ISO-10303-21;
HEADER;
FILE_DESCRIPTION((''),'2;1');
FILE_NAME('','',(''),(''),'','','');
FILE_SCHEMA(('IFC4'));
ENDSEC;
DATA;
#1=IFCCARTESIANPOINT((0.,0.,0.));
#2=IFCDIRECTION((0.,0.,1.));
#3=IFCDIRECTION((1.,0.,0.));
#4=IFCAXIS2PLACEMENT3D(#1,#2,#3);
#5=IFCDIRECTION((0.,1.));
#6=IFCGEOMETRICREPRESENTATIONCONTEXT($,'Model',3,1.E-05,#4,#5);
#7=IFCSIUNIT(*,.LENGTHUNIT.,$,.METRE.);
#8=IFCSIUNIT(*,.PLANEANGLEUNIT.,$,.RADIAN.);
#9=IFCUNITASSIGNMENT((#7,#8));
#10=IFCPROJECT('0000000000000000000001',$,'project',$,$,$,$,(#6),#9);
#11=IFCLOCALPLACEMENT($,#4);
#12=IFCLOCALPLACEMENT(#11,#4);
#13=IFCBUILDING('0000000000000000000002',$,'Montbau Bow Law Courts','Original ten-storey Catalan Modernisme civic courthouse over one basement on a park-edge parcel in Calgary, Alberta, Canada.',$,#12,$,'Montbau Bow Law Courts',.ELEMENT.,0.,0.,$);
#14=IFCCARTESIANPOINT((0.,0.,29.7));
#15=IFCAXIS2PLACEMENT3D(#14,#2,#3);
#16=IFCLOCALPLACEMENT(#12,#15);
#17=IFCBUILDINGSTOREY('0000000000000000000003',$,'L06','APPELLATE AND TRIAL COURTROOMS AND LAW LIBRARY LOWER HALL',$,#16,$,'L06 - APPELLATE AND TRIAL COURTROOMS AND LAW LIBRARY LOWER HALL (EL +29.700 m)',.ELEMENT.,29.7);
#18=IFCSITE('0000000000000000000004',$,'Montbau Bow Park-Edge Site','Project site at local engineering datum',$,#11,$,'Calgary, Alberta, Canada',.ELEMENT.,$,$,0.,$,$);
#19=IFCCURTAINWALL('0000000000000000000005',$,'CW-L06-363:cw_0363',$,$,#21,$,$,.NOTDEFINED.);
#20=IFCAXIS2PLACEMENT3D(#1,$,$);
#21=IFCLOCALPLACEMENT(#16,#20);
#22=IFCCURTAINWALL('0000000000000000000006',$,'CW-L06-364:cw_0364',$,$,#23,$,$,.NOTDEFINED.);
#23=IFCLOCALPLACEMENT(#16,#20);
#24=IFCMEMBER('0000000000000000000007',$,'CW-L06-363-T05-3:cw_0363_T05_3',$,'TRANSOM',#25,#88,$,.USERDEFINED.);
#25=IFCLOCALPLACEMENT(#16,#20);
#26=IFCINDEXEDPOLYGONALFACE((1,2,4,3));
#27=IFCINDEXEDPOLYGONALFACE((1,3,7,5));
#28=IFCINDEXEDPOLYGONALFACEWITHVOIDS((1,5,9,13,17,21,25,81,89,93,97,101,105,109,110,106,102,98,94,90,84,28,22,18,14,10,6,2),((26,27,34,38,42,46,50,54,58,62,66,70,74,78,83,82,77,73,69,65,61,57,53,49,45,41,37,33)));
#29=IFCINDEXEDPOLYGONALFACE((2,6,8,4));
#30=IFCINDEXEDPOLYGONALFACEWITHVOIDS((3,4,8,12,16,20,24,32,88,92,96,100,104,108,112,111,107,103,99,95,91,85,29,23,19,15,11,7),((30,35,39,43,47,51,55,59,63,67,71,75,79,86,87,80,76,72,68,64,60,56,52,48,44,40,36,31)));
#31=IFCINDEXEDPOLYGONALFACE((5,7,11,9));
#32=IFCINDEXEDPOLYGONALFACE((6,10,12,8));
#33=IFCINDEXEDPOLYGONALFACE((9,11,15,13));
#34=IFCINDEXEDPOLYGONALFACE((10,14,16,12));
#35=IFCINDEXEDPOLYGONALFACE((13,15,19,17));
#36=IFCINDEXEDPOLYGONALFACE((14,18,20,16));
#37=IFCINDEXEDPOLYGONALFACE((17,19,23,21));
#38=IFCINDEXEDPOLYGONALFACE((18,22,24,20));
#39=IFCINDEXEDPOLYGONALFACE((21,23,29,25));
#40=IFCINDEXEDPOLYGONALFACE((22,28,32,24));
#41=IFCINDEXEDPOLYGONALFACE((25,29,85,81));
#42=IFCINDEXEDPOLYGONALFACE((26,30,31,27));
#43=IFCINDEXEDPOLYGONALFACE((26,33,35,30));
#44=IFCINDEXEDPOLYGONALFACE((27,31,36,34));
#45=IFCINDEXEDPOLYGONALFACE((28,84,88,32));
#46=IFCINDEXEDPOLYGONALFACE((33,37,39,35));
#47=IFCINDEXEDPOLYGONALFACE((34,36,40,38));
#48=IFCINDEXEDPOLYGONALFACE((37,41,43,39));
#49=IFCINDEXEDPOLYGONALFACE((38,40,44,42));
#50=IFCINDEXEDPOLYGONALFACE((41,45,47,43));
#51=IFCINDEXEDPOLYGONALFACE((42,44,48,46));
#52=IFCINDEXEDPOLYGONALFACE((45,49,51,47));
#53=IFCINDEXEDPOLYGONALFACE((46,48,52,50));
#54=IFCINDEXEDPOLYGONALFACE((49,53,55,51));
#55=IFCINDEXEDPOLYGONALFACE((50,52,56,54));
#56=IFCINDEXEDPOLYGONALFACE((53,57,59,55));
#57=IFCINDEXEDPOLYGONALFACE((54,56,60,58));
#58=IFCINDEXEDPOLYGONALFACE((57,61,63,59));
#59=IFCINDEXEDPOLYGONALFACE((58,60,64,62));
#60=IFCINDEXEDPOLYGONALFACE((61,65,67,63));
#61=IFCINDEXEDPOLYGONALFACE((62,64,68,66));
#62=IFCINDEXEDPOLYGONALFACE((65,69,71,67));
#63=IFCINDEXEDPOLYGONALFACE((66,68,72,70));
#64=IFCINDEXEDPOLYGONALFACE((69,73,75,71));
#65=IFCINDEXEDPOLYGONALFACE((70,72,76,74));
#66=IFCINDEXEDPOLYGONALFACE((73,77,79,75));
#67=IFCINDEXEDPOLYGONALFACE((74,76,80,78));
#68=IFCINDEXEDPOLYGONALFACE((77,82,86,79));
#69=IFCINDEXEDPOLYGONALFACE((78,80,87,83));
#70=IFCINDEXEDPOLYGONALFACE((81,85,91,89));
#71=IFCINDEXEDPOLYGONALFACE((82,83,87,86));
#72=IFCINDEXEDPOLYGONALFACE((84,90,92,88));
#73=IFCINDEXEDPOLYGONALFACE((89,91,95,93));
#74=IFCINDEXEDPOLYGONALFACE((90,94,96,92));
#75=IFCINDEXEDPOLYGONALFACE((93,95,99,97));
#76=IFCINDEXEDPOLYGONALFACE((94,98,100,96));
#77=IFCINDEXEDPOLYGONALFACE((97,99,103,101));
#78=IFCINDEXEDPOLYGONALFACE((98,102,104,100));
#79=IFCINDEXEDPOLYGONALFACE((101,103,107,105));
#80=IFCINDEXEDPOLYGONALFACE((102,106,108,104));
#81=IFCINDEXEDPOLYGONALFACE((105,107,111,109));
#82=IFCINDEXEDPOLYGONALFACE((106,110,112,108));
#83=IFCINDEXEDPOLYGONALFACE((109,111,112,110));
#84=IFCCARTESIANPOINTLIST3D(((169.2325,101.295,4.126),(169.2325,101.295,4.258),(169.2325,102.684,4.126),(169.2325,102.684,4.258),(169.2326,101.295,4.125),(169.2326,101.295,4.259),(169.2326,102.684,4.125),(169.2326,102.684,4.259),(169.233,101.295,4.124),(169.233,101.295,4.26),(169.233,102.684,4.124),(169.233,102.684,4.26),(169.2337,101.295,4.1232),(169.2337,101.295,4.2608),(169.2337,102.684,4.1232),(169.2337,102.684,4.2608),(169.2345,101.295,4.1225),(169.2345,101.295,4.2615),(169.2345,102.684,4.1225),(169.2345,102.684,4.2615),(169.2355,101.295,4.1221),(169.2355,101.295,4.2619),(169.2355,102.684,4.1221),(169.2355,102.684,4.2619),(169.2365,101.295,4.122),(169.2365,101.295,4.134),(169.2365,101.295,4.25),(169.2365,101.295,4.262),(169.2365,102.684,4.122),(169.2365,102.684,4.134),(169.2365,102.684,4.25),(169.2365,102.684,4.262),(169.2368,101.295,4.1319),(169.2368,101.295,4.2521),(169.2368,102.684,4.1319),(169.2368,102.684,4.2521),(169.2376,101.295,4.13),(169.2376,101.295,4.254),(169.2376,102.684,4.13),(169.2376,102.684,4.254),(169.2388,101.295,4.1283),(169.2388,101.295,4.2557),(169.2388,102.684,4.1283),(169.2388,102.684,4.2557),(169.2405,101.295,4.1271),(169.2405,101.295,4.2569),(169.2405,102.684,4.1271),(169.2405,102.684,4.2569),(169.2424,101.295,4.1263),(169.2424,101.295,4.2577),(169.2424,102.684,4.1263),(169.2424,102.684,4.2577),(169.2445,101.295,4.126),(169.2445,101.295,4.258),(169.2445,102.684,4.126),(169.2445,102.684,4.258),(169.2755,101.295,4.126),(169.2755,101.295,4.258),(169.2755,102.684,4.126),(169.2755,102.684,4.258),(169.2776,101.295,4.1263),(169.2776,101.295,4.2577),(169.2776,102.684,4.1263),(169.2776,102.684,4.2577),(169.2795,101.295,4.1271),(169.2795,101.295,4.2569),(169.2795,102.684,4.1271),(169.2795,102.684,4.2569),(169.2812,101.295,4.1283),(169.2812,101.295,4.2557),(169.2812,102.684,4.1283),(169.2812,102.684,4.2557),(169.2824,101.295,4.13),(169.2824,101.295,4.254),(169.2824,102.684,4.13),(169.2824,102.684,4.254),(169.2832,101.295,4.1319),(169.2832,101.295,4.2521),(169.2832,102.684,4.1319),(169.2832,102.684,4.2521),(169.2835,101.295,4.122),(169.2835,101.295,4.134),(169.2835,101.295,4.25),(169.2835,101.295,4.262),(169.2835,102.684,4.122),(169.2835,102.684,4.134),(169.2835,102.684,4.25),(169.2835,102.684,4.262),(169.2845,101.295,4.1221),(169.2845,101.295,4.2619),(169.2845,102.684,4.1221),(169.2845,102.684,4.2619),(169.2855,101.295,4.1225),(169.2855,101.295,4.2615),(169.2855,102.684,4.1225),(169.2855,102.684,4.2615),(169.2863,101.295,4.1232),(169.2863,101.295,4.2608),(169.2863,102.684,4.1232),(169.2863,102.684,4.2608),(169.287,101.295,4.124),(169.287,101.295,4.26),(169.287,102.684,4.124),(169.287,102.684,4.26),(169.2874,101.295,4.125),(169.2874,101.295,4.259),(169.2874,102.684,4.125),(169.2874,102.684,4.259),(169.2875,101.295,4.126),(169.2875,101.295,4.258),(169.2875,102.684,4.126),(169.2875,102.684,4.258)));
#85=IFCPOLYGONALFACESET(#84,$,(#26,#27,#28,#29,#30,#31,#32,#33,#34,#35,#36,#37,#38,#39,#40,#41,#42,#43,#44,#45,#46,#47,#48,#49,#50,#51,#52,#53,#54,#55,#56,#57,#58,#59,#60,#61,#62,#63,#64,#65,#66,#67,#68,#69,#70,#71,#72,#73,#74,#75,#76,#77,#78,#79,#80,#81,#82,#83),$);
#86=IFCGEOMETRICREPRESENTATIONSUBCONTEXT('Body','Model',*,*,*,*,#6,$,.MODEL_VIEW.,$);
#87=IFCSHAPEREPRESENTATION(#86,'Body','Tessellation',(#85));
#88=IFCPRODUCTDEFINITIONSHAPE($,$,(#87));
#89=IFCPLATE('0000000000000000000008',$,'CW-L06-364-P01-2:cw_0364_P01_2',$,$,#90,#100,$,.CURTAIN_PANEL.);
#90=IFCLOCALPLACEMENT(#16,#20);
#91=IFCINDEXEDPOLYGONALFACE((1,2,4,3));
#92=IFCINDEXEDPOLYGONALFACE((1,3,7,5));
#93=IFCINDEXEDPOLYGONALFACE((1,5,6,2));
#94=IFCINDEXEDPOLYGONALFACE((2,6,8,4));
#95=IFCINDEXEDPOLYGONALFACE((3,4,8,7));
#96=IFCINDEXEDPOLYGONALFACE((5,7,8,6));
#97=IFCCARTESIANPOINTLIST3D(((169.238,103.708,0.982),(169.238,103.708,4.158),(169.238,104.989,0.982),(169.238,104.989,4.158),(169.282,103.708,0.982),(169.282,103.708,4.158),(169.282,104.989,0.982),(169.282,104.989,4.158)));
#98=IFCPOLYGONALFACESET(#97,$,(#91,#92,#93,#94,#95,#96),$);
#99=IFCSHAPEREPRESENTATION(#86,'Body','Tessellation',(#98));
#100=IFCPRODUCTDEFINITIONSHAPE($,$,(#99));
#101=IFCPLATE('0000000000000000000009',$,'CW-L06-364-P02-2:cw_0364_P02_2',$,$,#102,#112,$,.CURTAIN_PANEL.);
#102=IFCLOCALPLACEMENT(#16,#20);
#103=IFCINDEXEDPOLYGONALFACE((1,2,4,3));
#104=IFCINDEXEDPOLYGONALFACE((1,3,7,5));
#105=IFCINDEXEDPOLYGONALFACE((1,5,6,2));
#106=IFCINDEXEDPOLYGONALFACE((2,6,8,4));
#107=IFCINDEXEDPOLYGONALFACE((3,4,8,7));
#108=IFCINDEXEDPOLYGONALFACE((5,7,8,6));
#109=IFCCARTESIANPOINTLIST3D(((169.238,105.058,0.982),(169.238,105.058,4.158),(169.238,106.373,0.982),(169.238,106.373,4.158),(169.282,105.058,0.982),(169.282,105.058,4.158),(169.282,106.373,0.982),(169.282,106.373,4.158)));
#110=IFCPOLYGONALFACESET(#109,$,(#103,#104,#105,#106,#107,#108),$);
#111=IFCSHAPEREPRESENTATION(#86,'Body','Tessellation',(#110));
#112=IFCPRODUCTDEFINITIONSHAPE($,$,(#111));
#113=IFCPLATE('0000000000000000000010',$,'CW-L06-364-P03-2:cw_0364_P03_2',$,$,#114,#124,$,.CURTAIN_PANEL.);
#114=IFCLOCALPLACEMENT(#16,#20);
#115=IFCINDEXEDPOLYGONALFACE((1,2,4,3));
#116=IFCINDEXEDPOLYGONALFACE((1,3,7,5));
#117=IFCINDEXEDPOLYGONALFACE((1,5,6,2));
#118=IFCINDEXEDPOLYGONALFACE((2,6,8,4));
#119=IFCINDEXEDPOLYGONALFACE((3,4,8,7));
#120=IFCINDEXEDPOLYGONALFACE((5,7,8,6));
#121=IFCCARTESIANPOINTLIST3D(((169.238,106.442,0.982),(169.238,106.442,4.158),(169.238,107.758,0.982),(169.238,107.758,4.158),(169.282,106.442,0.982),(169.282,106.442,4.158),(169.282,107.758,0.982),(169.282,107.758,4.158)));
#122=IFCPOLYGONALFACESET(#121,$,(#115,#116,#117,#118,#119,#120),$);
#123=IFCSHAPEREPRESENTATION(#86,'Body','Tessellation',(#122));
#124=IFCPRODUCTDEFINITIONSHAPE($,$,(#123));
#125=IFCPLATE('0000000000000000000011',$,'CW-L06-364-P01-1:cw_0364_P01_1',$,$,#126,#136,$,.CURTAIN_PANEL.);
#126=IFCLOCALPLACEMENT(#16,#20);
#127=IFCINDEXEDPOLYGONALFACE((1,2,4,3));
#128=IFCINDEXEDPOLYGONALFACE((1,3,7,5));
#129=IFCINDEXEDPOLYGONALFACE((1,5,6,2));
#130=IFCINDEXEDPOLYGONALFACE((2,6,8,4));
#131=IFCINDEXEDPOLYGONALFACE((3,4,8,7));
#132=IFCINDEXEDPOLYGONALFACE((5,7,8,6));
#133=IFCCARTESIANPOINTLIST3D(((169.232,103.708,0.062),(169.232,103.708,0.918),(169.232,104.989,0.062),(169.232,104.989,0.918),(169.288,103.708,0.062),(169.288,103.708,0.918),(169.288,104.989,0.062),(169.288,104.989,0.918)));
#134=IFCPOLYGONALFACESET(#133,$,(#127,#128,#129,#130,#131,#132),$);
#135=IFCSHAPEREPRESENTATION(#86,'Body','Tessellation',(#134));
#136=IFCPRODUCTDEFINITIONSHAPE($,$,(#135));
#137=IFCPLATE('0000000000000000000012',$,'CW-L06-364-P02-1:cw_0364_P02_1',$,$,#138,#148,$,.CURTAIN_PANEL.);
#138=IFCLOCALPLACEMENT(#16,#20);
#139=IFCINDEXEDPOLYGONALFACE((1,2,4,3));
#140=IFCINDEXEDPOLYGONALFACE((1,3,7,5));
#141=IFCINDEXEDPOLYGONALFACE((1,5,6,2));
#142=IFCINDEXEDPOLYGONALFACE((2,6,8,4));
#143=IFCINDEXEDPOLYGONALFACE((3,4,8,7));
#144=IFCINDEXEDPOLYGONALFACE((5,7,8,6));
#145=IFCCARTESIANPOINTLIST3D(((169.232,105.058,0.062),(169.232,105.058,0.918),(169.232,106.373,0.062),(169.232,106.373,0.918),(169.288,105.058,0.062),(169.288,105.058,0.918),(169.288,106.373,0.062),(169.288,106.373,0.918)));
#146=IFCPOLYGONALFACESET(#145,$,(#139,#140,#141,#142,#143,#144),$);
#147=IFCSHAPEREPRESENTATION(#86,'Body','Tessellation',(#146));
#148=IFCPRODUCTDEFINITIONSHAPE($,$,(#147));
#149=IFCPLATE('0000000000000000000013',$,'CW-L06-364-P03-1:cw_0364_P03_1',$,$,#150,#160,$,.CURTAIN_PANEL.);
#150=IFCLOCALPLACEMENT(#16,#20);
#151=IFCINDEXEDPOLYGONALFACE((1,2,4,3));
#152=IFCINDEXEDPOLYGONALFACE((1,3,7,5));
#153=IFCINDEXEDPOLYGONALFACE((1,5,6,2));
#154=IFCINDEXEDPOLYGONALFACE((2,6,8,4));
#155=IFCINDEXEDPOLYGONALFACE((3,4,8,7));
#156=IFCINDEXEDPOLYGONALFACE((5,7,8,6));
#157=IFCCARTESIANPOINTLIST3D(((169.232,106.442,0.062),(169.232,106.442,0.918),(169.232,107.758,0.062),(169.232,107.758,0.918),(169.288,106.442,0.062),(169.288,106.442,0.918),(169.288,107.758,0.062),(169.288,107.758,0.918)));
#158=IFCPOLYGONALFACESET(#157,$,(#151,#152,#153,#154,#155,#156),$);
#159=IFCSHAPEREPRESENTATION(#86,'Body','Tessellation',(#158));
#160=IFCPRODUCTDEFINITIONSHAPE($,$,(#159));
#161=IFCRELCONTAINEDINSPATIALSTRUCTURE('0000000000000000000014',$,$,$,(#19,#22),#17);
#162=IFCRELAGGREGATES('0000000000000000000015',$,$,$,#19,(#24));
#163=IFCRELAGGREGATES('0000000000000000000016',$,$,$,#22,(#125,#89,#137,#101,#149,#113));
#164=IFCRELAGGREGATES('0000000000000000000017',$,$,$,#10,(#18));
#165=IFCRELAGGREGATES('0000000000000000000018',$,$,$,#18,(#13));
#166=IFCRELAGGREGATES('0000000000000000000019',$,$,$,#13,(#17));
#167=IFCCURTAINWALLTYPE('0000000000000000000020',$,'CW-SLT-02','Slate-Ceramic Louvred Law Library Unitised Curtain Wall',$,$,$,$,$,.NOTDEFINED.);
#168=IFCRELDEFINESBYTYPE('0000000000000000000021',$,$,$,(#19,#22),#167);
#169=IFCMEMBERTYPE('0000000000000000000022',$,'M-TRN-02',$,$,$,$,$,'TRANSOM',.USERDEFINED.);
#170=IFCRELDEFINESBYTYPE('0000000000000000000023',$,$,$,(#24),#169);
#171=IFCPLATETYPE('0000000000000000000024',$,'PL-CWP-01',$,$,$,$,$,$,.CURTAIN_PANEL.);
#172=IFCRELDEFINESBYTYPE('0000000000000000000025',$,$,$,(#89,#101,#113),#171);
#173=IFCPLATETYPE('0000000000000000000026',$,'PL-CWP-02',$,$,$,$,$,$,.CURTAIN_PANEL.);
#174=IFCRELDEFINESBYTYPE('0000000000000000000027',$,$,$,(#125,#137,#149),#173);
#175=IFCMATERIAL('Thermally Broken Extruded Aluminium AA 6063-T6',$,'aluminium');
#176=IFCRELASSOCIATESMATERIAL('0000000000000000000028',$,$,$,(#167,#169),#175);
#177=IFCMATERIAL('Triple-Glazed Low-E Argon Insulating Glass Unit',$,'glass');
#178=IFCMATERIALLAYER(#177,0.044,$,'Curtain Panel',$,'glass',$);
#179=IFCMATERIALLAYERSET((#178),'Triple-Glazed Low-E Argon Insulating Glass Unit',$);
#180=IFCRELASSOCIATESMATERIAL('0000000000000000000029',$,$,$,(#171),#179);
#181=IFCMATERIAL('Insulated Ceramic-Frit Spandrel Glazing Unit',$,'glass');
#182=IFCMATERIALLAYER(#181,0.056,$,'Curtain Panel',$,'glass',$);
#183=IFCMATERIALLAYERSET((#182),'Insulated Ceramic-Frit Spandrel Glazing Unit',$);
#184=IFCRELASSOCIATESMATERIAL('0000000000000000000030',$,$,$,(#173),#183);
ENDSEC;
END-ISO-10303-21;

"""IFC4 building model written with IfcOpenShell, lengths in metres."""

from ifc_helpers import new_model, si_unit, direction, frame, frame_2d, origin_with_axes, origin_2d_with_axis, place, context, subcontext, project, spatial, rectangle, hollow_rectangle, extrude, material, layer, layer_set, material_profile, profile_set, type_object, element, aggregate, save


model = new_model("IFC4")

# Units and contexts
model_context = context("Model", 3, precision=1e-05, world=origin_with_axes(), true_north=direction((0.0, 1.0)))
body_context = subcontext(model_context, "Body", "Model", "MODEL_VIEW")
ifc_project = project(units=[si_unit("LENGTHUNIT", "METRE"), si_unit("PLANEANGLEUNIT", "RADIAN")], contexts=[model_context])

# Site, building, storey
site_placement = place(None, origin_with_axes())
site = spatial("IfcSite", under=ifc_project, at=site_placement, Name="Montbau Bow Park-Edge Site", Description="Project site at local engineering datum", LongName="Calgary, Alberta, Canada", CompositionType="ELEMENT", RefElevation=0.0)
building_placement = place(site_placement, origin_with_axes())
building = spatial("IfcBuilding", under=site, at=building_placement, Name="Montbau Bow Law Courts", Description="Original ten-storey Catalan Modernisme civic courthouse over one basement on a park-edge parcel in Calgary, Alberta, Canada.", LongName="Montbau Bow Law Courts", CompositionType="ELEMENT", ElevationOfRefHeight=0.0, ElevationOfTerrain=0.0)
storey_placement = place(building_placement, frame((0.0, 0.0, 29.7), z_axis=(0.0, 0.0, 1.0), x_axis=(1.0, 0.0, 0.0)))
storey = spatial("IfcBuildingStorey", under=building, at=storey_placement, Name="L06", Description="APPELLATE AND TRIAL COURTROOMS AND LAW LIBRARY LOWER HALL", LongName="L06 - APPELLATE AND TRIAL COURTROOMS AND LAW LIBRARY LOWER HALL (EL +29.700 m)", CompositionType="ELEMENT", Elevation=29.7)

# Curtain wall
ifc_material_1 = material(Name="Thermally Broken Extruded Aluminium AA 6063-T6", Category="aluminium")
curtain_wall_type = type_object("IfcCurtainWallType", Name="CW-SLT-02", Description="Slate-Ceramic Louvred Law Library Unitised Curtain Wall", PredefinedType="NOTDEFINED", material=ifc_material_1)
curtain_wall_1_placement = place(None, frame((169.26, 95.24, 29.7), z_axis=(0.0, 0.0, 1.0), x_axis=(1.0, 0.0, 0.0)))
curtain_wall_1 = element("IfcCurtainWall", 1, at=curtain_wall_1_placement, inside=storey, type_object=curtain_wall_type, Name="CW-L06-363:cw_0363", PredefinedType="NOTDEFINED")

# Curtain wall
curtain_wall_2_placement = place(None, frame((169.26, 103.64, 29.7), z_axis=(0.0, 0.0, 1.0), x_axis=(1.0, 0.0, 0.0)))
curtain_wall_2 = element("IfcCurtainWall", 2, at=curtain_wall_2_placement, inside=storey, type_object=curtain_wall_type, Name="CW-L06-364:cw_0364", PredefinedType="NOTDEFINED")

# Member
ifc_material_profile_1 = material_profile(ifc_material_1, hollow_rectangle(XDim=0.055, YDim=0.14, WallThickness=0.004, InnerFilletRadius=0.008, OuterFilletRadius=0.004, at=origin_2d_with_axis()), Name="CWT-140X55", Category="Main", Priority=0)
ifc_profile_set_1 = profile_set([ifc_material_profile_1], Name="Thermally Broken Extruded Aluminium AA 6063-T6")
member_type_1 = type_object("IfcMemberType", Name="M-TRN-02", ElementType="TRANSOM", PredefinedType="USERDEFINED", material=ifc_profile_set_1)
member_1_placement = place(None, frame((169.26, 101.295, 33.892), z_axis=(0.0, 1.0, 0.0), x_axis=(-1.0, 0.0, 0.0)))
member_1 = element("IfcMember", 3, at=member_1_placement, type_object=member_type_1, Name="CW-L06-363-T05-3:cw_0363_T05_3", ObjectType="TRANSOM", PredefinedType="USERDEFINED", context=body_context, shape_type="SweptSolid", body=[
    extrude(hollow_rectangle(XDim=0.055, YDim=0.14, WallThickness=0.004, InnerFilletRadius=0.008, OuterFilletRadius=0.004, at=origin_2d_with_axis()), origin_with_axes(), (0.0, 0.0, 1.0), 1.389),
])
aggregate(curtain_wall_1, [member_1])

# Plates
ifc_material_2 = material(Name="Triple-Glazed Low-E Argon Insulating Glass Unit", Category="glass")
ifc_layer_1 = layer(ifc_material_2, 0.044, Name="Curtain Panel", Category="glass")
ifc_layer_set_1 = layer_set([ifc_layer_1], Name="Triple-Glazed Low-E Argon Insulating Glass Unit")
plate_type_1 = type_object("IfcPlateType", Name="PL-CWP-01", PredefinedType="CURTAIN_PANEL", material=ifc_layer_set_1)
plate_1_placement = place(None, frame((169.26, 103.708, 30.682), z_axis=(1.0, 0.0, 0.0), x_axis=(0.0, 1.0, 0.0)))
plate_1 = element("IfcPlate", 4, at=plate_1_placement, type_object=plate_type_1, Name="CW-L06-364-P01-2:cw_0364_P01_2", PredefinedType="CURTAIN_PANEL", context=body_context, shape_type="SweptSolid", body=[
    extrude(rectangle(XDim=1.281, YDim=3.176, at=frame_2d((0.6405, 1.588), x_axis=(1.0, 0.0))), frame((0.0, 0.0, -0.022), z_axis=(0.0, 0.0, 1.0), x_axis=(1.0, 0.0, 0.0)), (0.0, 0.0, 1.0), 0.044),
])
plate_2_placement = place(None, frame((169.26, 105.058, 30.682), z_axis=(1.0, 0.0, 0.0), x_axis=(0.0, 1.0, 0.0)))
plate_2 = element("IfcPlate", 5, at=plate_2_placement, type_object=plate_type_1, Name="CW-L06-364-P02-2:cw_0364_P02_2", PredefinedType="CURTAIN_PANEL", context=body_context, shape_type="SweptSolid", body=[
    extrude(rectangle(XDim=1.315, YDim=3.176, at=frame_2d((0.6575, 1.588), x_axis=(1.0, 0.0))), frame((0.0, 0.0, -0.022), z_axis=(0.0, 0.0, 1.0), x_axis=(1.0, 0.0, 0.0)), (0.0, 0.0, 1.0), 0.044),
])
plate_3_placement = place(None, frame((169.26, 106.442, 30.682), z_axis=(1.0, 0.0, 0.0), x_axis=(0.0, 1.0, 0.0)))
plate_3 = element("IfcPlate", 6, at=plate_3_placement, type_object=plate_type_1, Name="CW-L06-364-P03-2:cw_0364_P03_2", PredefinedType="CURTAIN_PANEL", context=body_context, shape_type="SweptSolid", body=[
    extrude(rectangle(XDim=1.316, YDim=3.176, at=frame_2d((0.658, 1.588), x_axis=(1.0, 0.0))), frame((0.0, 0.0, -0.022), z_axis=(0.0, 0.0, 1.0), x_axis=(1.0, 0.0, 0.0)), (0.0, 0.0, 1.0), 0.044),
])
ifc_material_3 = material(Name="Insulated Ceramic-Frit Spandrel Glazing Unit", Category="glass")
ifc_layer_2 = layer(ifc_material_3, 0.056, Name="Curtain Panel", Category="glass")
ifc_layer_set_2 = layer_set([ifc_layer_2], Name="Insulated Ceramic-Frit Spandrel Glazing Unit")
plate_type_2 = type_object("IfcPlateType", Name="PL-CWP-02", PredefinedType="CURTAIN_PANEL", material=ifc_layer_set_2)
plate_4_placement = place(None, frame((169.26, 103.708, 29.762), z_axis=(1.0, 0.0, 0.0), x_axis=(0.0, 1.0, 0.0)))
plate_4 = element("IfcPlate", 7, at=plate_4_placement, type_object=plate_type_2, Name="CW-L06-364-P01-1:cw_0364_P01_1", PredefinedType="CURTAIN_PANEL", context=body_context, shape_type="SweptSolid", body=[
    extrude(rectangle(XDim=1.281, YDim=0.856, at=frame_2d((0.6405, 0.428), x_axis=(1.0, 0.0))), frame((0.0, 0.0, -0.028), z_axis=(0.0, 0.0, 1.0), x_axis=(1.0, 0.0, 0.0)), (0.0, 0.0, 1.0), 0.056),
])
plate_5_placement = place(None, frame((169.26, 105.058, 29.762), z_axis=(1.0, 0.0, 0.0), x_axis=(0.0, 1.0, 0.0)))
plate_5 = element("IfcPlate", 8, at=plate_5_placement, type_object=plate_type_2, Name="CW-L06-364-P02-1:cw_0364_P02_1", PredefinedType="CURTAIN_PANEL", context=body_context, shape_type="SweptSolid", body=[
    extrude(rectangle(XDim=1.315, YDim=0.856, at=frame_2d((0.6575, 0.428), x_axis=(1.0, 0.0))), frame((0.0, 0.0, -0.028), z_axis=(0.0, 0.0, 1.0), x_axis=(1.0, 0.0, 0.0)), (0.0, 0.0, 1.0), 0.056),
])
plate_6_placement = place(None, frame((169.26, 106.442, 29.762), z_axis=(1.0, 0.0, 0.0), x_axis=(0.0, 1.0, 0.0)))
plate_6 = element("IfcPlate", 9, at=plate_6_placement, type_object=plate_type_2, Name="CW-L06-364-P03-1:cw_0364_P03_1", PredefinedType="CURTAIN_PANEL", context=body_context, shape_type="SweptSolid", body=[
    extrude(rectangle(XDim=1.316, YDim=0.856, at=frame_2d((0.658, 0.428), x_axis=(1.0, 0.0))), frame((0.0, 0.0, -0.028), z_axis=(0.0, 0.0, 1.0), x_axis=(1.0, 0.0, 0.0)), (0.0, 0.0, 1.0), 0.056),
])
aggregate(curtain_wall_2, [plate_4, plate_1, plate_5, plate_2, plate_6, plate_3])

save(model, "model.ifc")
